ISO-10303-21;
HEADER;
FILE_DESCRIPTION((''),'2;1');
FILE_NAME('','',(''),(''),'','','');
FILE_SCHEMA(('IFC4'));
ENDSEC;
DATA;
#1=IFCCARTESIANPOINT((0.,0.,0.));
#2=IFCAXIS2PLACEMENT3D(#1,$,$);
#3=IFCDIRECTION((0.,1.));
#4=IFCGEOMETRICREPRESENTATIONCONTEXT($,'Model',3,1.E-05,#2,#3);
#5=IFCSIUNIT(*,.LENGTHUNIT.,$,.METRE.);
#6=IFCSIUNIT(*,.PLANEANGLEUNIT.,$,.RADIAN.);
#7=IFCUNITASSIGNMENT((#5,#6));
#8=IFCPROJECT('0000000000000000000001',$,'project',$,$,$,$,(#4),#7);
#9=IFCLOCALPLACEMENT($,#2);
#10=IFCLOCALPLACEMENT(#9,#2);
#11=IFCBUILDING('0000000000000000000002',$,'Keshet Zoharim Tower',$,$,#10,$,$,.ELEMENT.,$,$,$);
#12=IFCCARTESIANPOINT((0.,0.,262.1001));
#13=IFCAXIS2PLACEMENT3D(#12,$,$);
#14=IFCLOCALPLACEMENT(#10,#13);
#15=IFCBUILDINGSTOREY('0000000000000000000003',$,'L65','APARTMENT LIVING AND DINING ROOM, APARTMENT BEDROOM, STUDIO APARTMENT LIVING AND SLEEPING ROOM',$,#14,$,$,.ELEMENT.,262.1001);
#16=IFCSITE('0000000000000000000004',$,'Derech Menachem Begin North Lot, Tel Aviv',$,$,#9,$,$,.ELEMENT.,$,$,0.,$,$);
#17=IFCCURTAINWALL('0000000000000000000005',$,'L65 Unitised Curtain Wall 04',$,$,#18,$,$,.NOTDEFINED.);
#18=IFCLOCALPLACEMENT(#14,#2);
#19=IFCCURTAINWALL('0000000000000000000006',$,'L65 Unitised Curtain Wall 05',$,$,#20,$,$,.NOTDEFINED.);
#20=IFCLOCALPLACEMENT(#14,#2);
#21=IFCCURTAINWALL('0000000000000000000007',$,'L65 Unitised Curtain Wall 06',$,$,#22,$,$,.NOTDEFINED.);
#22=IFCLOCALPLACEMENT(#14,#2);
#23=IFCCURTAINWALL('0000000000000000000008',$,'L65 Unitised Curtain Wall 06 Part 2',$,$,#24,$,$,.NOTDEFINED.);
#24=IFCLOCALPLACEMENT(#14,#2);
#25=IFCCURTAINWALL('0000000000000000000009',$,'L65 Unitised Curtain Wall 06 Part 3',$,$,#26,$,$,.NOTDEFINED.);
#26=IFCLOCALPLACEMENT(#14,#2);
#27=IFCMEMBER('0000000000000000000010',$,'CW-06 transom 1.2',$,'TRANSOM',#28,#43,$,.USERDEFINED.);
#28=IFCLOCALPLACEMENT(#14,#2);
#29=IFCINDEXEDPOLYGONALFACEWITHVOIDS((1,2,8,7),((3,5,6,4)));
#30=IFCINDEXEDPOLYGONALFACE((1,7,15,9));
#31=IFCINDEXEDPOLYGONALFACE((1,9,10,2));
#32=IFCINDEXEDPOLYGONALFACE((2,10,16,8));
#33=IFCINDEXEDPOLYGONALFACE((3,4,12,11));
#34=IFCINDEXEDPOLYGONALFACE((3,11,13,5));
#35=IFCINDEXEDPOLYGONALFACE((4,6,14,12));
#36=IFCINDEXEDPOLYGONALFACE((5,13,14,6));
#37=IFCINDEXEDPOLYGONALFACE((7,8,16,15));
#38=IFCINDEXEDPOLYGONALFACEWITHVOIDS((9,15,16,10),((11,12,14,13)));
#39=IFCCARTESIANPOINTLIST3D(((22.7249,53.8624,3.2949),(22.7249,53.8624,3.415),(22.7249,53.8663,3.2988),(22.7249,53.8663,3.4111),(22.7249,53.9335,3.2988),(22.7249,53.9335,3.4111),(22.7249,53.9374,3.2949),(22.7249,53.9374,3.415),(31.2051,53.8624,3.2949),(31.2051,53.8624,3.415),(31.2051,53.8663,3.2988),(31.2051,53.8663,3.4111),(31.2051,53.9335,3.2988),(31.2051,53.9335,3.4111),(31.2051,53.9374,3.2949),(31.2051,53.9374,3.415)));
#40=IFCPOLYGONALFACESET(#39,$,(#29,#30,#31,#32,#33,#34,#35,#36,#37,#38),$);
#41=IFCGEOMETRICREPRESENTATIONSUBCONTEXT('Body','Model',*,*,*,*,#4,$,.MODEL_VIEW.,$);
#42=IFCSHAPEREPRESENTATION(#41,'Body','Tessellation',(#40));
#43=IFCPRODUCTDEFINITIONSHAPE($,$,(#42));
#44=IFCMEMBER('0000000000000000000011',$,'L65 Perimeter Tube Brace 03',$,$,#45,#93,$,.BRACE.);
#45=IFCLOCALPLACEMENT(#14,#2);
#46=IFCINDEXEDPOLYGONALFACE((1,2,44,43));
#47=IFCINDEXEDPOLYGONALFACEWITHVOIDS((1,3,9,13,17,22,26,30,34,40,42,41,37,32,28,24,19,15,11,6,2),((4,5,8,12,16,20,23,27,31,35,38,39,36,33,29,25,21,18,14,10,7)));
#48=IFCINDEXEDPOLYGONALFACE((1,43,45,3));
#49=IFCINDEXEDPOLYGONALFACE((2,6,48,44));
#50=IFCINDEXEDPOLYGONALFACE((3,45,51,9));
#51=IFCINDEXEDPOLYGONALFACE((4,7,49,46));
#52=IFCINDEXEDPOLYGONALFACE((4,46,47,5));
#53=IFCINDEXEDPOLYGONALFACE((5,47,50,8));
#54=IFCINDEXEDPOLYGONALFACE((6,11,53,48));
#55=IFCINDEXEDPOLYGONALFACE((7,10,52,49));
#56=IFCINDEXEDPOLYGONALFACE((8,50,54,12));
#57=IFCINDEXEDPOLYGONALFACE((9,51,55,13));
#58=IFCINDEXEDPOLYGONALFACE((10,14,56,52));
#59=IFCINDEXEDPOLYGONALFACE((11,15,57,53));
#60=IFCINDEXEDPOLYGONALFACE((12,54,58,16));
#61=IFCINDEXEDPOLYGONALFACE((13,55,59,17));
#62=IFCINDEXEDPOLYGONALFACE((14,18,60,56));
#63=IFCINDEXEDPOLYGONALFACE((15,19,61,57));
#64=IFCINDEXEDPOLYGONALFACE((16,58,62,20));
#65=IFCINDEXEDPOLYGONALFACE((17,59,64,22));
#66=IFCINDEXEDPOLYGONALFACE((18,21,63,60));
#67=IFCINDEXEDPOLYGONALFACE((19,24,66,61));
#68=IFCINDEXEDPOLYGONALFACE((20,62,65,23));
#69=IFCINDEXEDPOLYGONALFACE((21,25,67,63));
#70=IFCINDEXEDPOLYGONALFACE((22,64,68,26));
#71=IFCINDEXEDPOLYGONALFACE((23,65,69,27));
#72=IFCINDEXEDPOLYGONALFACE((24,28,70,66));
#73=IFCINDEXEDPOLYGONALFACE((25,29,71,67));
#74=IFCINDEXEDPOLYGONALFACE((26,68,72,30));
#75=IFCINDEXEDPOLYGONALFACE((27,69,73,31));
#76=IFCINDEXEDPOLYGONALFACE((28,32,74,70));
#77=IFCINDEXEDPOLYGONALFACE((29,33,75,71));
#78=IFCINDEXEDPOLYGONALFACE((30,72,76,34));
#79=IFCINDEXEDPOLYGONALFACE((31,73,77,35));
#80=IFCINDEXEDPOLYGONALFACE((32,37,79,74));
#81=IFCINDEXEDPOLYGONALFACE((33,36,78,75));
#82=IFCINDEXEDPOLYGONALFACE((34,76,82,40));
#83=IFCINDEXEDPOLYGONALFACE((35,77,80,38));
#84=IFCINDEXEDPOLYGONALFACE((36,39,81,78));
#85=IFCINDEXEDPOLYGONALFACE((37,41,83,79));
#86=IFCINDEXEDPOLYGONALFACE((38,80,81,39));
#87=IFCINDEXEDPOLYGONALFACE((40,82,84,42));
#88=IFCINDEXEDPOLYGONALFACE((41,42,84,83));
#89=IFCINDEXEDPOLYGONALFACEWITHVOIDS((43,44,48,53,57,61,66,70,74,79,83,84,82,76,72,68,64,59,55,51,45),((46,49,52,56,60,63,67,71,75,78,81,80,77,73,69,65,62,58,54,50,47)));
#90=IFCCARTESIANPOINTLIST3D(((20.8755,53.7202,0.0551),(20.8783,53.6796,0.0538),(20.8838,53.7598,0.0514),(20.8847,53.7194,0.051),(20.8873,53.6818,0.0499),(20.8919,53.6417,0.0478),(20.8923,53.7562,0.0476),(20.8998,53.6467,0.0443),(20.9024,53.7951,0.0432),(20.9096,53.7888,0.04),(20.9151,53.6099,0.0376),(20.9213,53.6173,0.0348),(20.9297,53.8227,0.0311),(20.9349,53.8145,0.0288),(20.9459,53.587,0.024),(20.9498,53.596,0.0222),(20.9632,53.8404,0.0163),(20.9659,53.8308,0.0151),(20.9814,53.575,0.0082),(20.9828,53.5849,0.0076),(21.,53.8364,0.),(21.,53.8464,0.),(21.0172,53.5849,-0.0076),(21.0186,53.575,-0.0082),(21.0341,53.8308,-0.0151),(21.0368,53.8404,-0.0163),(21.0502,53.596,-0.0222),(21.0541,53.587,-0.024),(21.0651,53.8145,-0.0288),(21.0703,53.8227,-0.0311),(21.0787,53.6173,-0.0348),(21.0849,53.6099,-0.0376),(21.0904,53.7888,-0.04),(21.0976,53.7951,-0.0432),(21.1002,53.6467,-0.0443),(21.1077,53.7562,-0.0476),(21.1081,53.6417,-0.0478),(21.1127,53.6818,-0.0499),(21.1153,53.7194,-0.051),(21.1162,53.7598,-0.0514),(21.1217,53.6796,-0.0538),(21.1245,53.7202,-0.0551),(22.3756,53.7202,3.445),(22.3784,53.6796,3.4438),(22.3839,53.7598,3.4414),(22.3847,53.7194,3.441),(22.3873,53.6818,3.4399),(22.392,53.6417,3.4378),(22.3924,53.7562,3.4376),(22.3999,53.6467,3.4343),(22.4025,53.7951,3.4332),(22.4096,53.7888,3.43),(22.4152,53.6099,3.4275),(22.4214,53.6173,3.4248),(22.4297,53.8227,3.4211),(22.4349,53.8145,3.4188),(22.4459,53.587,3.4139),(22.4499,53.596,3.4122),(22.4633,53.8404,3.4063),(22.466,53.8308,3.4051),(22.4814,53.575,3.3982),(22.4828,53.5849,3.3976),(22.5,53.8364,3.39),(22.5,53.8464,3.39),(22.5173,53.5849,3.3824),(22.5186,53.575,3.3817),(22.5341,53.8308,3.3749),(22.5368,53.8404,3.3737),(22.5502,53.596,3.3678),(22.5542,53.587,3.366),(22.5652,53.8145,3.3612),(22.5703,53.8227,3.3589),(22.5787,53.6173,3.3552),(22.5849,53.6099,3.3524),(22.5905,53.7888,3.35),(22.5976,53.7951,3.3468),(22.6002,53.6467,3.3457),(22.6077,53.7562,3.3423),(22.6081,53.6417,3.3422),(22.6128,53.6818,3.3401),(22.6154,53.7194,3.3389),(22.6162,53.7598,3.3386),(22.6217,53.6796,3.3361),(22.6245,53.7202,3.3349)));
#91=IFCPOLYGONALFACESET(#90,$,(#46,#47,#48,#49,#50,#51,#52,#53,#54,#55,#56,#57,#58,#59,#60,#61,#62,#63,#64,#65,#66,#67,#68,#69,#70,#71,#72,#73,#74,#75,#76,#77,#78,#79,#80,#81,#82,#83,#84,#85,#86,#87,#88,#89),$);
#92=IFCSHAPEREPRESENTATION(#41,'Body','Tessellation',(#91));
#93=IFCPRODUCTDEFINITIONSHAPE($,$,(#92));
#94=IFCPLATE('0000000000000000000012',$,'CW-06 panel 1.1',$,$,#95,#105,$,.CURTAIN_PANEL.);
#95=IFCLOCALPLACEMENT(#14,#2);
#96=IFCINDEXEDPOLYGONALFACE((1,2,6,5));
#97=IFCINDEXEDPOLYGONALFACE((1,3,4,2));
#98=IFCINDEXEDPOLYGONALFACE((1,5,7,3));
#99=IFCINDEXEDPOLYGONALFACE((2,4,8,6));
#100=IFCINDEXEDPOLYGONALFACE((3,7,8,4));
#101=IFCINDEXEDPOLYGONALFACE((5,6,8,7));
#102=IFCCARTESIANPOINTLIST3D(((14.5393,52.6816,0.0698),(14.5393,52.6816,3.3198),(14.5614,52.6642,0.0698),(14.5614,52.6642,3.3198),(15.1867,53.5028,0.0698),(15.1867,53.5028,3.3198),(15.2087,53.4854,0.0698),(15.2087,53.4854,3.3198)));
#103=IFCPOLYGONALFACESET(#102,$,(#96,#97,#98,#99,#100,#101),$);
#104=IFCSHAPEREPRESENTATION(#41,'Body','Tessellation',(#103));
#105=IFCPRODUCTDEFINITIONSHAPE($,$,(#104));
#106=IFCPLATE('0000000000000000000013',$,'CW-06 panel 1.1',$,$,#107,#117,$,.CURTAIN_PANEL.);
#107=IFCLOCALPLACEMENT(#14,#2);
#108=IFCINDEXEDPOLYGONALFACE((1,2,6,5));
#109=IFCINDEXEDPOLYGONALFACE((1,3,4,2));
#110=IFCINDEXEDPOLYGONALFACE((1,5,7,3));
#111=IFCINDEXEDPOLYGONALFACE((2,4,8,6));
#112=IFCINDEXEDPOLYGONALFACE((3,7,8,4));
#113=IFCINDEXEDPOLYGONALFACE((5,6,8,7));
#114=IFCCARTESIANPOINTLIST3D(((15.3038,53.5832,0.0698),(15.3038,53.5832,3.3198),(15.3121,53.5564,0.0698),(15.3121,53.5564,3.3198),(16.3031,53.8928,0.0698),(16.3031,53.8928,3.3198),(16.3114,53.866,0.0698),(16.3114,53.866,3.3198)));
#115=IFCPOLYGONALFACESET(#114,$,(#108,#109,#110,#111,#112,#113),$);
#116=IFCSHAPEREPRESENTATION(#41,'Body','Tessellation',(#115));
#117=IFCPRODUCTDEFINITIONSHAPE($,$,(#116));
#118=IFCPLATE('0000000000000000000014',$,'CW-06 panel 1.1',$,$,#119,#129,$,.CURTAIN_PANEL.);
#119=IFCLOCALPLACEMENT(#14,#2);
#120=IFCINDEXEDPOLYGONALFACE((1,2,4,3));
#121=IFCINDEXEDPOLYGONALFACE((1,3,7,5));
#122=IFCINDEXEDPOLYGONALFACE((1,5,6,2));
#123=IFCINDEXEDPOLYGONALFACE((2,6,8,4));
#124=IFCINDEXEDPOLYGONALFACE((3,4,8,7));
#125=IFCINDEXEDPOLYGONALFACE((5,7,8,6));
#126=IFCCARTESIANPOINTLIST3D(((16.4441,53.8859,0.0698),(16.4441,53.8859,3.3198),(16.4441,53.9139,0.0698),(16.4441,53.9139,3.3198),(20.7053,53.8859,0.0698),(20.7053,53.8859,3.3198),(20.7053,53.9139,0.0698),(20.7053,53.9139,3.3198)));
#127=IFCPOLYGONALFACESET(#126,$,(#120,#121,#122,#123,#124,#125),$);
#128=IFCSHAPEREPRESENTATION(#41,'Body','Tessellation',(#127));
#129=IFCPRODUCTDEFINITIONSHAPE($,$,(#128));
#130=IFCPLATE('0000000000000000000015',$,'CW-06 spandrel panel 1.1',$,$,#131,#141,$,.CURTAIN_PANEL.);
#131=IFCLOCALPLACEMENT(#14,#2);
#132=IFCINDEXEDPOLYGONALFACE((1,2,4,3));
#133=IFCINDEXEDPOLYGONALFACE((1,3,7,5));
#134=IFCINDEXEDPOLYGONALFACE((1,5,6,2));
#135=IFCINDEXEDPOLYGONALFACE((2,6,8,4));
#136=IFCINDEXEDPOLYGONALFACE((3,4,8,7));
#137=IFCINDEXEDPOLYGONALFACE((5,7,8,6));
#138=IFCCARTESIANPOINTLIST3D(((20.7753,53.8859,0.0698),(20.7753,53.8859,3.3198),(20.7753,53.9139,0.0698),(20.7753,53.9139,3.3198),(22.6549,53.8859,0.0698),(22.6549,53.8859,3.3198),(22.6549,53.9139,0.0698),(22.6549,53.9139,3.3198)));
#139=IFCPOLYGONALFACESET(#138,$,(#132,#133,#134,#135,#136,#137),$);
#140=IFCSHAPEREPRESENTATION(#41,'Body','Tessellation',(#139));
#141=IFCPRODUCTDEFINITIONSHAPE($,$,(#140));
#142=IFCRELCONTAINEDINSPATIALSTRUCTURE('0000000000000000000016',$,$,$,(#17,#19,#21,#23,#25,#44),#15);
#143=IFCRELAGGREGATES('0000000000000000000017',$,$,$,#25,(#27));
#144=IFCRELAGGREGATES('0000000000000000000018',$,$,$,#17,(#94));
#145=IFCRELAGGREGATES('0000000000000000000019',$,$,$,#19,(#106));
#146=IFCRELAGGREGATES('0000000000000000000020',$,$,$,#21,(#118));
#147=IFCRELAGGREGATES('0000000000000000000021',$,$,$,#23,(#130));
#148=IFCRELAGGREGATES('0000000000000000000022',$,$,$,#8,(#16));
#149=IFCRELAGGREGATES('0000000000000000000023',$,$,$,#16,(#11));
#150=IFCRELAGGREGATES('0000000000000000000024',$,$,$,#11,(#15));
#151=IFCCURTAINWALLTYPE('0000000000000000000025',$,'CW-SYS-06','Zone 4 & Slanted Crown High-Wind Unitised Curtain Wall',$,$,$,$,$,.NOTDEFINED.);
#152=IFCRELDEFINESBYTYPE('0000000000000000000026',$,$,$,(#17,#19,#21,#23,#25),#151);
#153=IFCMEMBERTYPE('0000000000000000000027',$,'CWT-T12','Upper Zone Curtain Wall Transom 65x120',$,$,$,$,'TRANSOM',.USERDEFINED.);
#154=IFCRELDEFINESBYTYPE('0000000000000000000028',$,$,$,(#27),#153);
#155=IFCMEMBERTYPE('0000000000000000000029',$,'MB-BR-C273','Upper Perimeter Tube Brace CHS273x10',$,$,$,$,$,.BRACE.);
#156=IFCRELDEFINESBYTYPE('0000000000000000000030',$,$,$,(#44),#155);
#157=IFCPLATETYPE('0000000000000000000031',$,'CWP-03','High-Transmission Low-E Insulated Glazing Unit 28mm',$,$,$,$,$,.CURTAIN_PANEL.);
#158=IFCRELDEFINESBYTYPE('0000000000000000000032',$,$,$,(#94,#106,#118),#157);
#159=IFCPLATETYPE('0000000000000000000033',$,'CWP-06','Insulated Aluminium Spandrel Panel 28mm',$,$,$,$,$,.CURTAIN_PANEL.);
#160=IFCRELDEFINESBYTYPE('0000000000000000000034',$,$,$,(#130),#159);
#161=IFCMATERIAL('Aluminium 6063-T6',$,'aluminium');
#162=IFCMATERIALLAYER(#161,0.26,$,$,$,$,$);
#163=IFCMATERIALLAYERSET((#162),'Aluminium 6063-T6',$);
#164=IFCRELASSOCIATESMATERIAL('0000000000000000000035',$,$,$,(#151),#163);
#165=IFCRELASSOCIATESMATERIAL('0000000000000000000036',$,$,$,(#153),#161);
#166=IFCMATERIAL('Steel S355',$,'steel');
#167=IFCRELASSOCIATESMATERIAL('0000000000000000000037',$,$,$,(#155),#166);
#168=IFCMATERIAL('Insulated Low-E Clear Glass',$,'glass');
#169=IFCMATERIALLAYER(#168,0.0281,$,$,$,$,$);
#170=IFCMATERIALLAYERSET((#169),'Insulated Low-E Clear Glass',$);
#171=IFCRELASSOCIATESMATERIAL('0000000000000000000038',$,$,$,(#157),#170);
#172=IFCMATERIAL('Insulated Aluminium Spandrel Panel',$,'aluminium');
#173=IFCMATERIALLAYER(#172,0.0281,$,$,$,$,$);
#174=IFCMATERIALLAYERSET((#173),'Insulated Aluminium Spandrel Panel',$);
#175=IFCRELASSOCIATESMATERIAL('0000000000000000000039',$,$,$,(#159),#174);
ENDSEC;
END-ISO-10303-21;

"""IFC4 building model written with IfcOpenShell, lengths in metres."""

from ifc_helpers import new_model, si_unit, direction, frame, origin, origin_2d, place, context, subcontext, project, spatial, rectangle, hollow_rectangle, hollow_circle, extrude, material, layer, layer_set, material_profile, profile_set, type_object, element, aggregate, save


model = new_model("IFC4")

# Units and contexts
model_context = context("Model", 3, precision=1e-05, world=origin(), true_north=direction((0.0, 1.0)))
body_context = subcontext(model_context, "Body", "Model", "MODEL_VIEW")
ifc_project = project(units=[si_unit("LENGTHUNIT", "METRE"), si_unit("PLANEANGLEUNIT", "RADIAN")], contexts=[model_context])

# Site, building, storey
site_placement = place(None, origin())
site = spatial("IfcSite", under=ifc_project, at=site_placement, Name="Derech Menachem Begin North Lot, Tel Aviv", CompositionType="ELEMENT", RefElevation=0.0)
building_placement = place(site_placement, origin())
building = spatial("IfcBuilding", under=site, at=building_placement, Name="Keshet Zoharim Tower", CompositionType="ELEMENT")
storey_placement = place(building_placement, frame((0.0, 0.0, 262.1001)))
storey = spatial("IfcBuildingStorey", under=building, at=storey_placement, Name="L65", Description="APARTMENT LIVING AND DINING ROOM, APARTMENT BEDROOM, STUDIO APARTMENT LIVING AND SLEEPING ROOM", CompositionType="ELEMENT", Elevation=262.1001)

# Shared definitions
ifc_material_1 = material(Name="Steel S355", Category="steel")

# Curtain walls
ifc_material_2 = material(Name="Aluminium 6063-T6", Category="aluminium")
ifc_layer_1 = layer(ifc_material_2, 0.26)
ifc_layer_set_1 = layer_set([ifc_layer_1], Name="Aluminium 6063-T6")
curtain_wall_type = type_object("IfcCurtainWallType", Name="CW-SYS-06", Description="Zone 4 & Slanted Crown High-Wind Unitised Curtain Wall", PredefinedType="NOTDEFINED", material=ifc_layer_set_1)
curtain_wall_1_placement = place(storey_placement, origin())
curtain_wall_1 = element("IfcCurtainWall", 1, at=curtain_wall_1_placement, inside=storey, type_object=curtain_wall_type, Name="L65 Unitised Curtain Wall 04", PredefinedType="NOTDEFINED")
curtain_wall_2_placement = place(storey_placement, origin())
curtain_wall_2 = element("IfcCurtainWall", 2, at=curtain_wall_2_placement, inside=storey, type_object=curtain_wall_type, Name="L65 Unitised Curtain Wall 05", PredefinedType="NOTDEFINED")
curtain_wall_3_placement = place(storey_placement, origin())
curtain_wall_3 = element("IfcCurtainWall", 3, at=curtain_wall_3_placement, inside=storey, type_object=curtain_wall_type, Name="L65 Unitised Curtain Wall 06", PredefinedType="NOTDEFINED")

# Curtain wall
curtain_wall_4_placement = place(storey_placement, origin())
curtain_wall_4 = element("IfcCurtainWall", 4, at=curtain_wall_4_placement, inside=storey, type_object=curtain_wall_type, Name="L65 Unitised Curtain Wall 06 Part 2", PredefinedType="NOTDEFINED")

# Shared definitions
ifc_material_profile_1 = material_profile(ifc_material_2, hollow_rectangle(XDim=0.075, YDim=0.1201, WallThickness=0.0039, at=origin_2d()), Name="TRN-75x120")
ifc_profile_set_1 = profile_set([ifc_material_profile_1], Name="Aluminium 6063-T6")
member_type_1 = type_object("IfcMemberType", Name="CWT-T12", Description="Upper Zone Curtain Wall Transom 65x120", ElementType="TRANSOM", PredefinedType="USERDEFINED", material=ifc_profile_set_1)

# Curtain wall, member
curtain_wall_5_placement = place(storey_placement, origin())
curtain_wall_5 = element("IfcCurtainWall", 5, at=curtain_wall_5_placement, inside=storey, type_object=curtain_wall_type, Name="L65 Unitised Curtain Wall 06 Part 3", PredefinedType="NOTDEFINED")
member_1_placement = place(storey_placement, frame((22.7249, 53.8999, 3.355), z_axis=(1.0, 0.0, 0.0), x_axis=(0.0, 1.0, 0.0)))
member_1 = element("IfcMember", 6, at=member_1_placement, type_object=member_type_1, Name="CW-06 transom 1.2", ObjectType="TRANSOM", PredefinedType="USERDEFINED", context=body_context, shape_type="SweptSolid", body=[
    extrude(hollow_rectangle(XDim=0.075, YDim=0.1201, WallThickness=0.0039, at=origin_2d()), origin(), (0.0, 0.0, 1.0), 8.4802),
])
aggregate(curtain_wall_5, [member_1])

# Member
ifc_material_profile_2 = material_profile(ifc_material_1, hollow_circle(Radius=0.1365, WallThickness=0.01, at=origin_2d()), Name="CHS273x10")
ifc_profile_set_2 = profile_set([ifc_material_profile_2], Name="Steel S355")
member_type_2 = type_object("IfcMemberType", Name="MB-BR-C273", Description="Upper Perimeter Tube Brace CHS273x10", PredefinedType="BRACE", material=ifc_profile_set_2)
member_2_placement = place(storey_placement, frame((21.0, 53.71, 0.0), z_axis=(0.404647, 0.0, 0.914473), x_axis=(0.0, 1.0, 0.0)))
element("IfcMember", 7, at=member_2_placement, inside=storey, type_object=member_type_2, Name="L65 Perimeter Tube Brace 03", PredefinedType="BRACE", context=body_context, shape_type="SweptSolid", body=[
    extrude(hollow_circle(Radius=0.1365, WallThickness=0.01, at=origin_2d()), origin(), (0.0, 0.0, 1.0), 3.707),
])

# Plates
ifc_material_3 = material(Name="Insulated Low-E Clear Glass", Category="glass")
ifc_layer_2 = layer(ifc_material_3, 0.0281)
ifc_layer_set_2 = layer_set([ifc_layer_2], Name="Insulated Low-E Clear Glass")
plate_type_1 = type_object("IfcPlateType", Name="CWP-03", Description="High-Transmission Low-E Insulated Glazing Unit 28mm", PredefinedType="CURTAIN_PANEL", material=ifc_layer_set_2)
plate_1_placement = place(storey_placement, frame((14.874, 53.0835, 0.0698), z_axis=(0.0, 0.0, 1.0), x_axis=(0.619125, 0.785293, 0.0)))
plate_1 = element("IfcPlate", 8, at=plate_1_placement, type_object=plate_type_1, Name="CW-06 panel 1.1", PredefinedType="CURTAIN_PANEL", context=body_context, shape_type="SweptSolid", body=[
    extrude(rectangle(XDim=1.0457, YDim=0.0281, at=origin_2d()), origin(), (0.0, 0.0, 1.0), 3.25),
])
aggregate(curtain_wall_1, [plate_1])
plate_2_placement = place(storey_placement, frame((15.8076, 53.7246, 0.0698), z_axis=(0.0, 0.0, 1.0), x_axis=(0.955212, 0.295922, 0.0)))
plate_2 = element("IfcPlate", 9, at=plate_2_placement, type_object=plate_type_1, Name="CW-06 panel 1.1", PredefinedType="CURTAIN_PANEL", context=body_context, shape_type="SweptSolid", body=[
    extrude(rectangle(XDim=1.0461, YDim=0.0281, at=origin_2d()), origin(), (0.0, 0.0, 1.0), 3.25),
])
aggregate(curtain_wall_2, [plate_2])
plate_3_placement = place(storey_placement, frame((18.5747, 53.8999, 0.0698), z_axis=(0.0, 0.0, 1.0), x_axis=(1.0, 0.0, 0.0)))
plate_3 = element("IfcPlate", 10, at=plate_3_placement, type_object=plate_type_1, Name="CW-06 panel 1.1", PredefinedType="CURTAIN_PANEL", context=body_context, shape_type="SweptSolid", body=[
    extrude(rectangle(XDim=4.2612, YDim=0.0281, at=origin_2d()), origin(), (0.0, 0.0, 1.0), 3.25),
])
aggregate(curtain_wall_3, [plate_3])
ifc_material_4 = material(Name="Insulated Aluminium Spandrel Panel", Category="aluminium")
ifc_layer_3 = layer(ifc_material_4, 0.0281)
ifc_layer_set_3 = layer_set([ifc_layer_3], Name="Insulated Aluminium Spandrel Panel")
plate_type_2 = type_object("IfcPlateType", Name="CWP-06", Description="Insulated Aluminium Spandrel Panel 28mm", PredefinedType="CURTAIN_PANEL", material=ifc_layer_set_3)
plate_4_placement = place(storey_placement, frame((21.7151, 53.8999, 0.0698), z_axis=(0.0, 0.0, 1.0), x_axis=(1.0, 0.0, 0.0)))
plate_4 = element("IfcPlate", 11, at=plate_4_placement, type_object=plate_type_2, Name="CW-06 spandrel panel 1.1", PredefinedType="CURTAIN_PANEL", context=body_context, shape_type="SweptSolid", body=[
    extrude(rectangle(XDim=1.8796, YDim=0.0281, at=origin_2d()), origin(), (0.0, 0.0, 1.0), 3.25),
])
aggregate(curtain_wall_4, [plate_4])

save(model, "model.ifc")
